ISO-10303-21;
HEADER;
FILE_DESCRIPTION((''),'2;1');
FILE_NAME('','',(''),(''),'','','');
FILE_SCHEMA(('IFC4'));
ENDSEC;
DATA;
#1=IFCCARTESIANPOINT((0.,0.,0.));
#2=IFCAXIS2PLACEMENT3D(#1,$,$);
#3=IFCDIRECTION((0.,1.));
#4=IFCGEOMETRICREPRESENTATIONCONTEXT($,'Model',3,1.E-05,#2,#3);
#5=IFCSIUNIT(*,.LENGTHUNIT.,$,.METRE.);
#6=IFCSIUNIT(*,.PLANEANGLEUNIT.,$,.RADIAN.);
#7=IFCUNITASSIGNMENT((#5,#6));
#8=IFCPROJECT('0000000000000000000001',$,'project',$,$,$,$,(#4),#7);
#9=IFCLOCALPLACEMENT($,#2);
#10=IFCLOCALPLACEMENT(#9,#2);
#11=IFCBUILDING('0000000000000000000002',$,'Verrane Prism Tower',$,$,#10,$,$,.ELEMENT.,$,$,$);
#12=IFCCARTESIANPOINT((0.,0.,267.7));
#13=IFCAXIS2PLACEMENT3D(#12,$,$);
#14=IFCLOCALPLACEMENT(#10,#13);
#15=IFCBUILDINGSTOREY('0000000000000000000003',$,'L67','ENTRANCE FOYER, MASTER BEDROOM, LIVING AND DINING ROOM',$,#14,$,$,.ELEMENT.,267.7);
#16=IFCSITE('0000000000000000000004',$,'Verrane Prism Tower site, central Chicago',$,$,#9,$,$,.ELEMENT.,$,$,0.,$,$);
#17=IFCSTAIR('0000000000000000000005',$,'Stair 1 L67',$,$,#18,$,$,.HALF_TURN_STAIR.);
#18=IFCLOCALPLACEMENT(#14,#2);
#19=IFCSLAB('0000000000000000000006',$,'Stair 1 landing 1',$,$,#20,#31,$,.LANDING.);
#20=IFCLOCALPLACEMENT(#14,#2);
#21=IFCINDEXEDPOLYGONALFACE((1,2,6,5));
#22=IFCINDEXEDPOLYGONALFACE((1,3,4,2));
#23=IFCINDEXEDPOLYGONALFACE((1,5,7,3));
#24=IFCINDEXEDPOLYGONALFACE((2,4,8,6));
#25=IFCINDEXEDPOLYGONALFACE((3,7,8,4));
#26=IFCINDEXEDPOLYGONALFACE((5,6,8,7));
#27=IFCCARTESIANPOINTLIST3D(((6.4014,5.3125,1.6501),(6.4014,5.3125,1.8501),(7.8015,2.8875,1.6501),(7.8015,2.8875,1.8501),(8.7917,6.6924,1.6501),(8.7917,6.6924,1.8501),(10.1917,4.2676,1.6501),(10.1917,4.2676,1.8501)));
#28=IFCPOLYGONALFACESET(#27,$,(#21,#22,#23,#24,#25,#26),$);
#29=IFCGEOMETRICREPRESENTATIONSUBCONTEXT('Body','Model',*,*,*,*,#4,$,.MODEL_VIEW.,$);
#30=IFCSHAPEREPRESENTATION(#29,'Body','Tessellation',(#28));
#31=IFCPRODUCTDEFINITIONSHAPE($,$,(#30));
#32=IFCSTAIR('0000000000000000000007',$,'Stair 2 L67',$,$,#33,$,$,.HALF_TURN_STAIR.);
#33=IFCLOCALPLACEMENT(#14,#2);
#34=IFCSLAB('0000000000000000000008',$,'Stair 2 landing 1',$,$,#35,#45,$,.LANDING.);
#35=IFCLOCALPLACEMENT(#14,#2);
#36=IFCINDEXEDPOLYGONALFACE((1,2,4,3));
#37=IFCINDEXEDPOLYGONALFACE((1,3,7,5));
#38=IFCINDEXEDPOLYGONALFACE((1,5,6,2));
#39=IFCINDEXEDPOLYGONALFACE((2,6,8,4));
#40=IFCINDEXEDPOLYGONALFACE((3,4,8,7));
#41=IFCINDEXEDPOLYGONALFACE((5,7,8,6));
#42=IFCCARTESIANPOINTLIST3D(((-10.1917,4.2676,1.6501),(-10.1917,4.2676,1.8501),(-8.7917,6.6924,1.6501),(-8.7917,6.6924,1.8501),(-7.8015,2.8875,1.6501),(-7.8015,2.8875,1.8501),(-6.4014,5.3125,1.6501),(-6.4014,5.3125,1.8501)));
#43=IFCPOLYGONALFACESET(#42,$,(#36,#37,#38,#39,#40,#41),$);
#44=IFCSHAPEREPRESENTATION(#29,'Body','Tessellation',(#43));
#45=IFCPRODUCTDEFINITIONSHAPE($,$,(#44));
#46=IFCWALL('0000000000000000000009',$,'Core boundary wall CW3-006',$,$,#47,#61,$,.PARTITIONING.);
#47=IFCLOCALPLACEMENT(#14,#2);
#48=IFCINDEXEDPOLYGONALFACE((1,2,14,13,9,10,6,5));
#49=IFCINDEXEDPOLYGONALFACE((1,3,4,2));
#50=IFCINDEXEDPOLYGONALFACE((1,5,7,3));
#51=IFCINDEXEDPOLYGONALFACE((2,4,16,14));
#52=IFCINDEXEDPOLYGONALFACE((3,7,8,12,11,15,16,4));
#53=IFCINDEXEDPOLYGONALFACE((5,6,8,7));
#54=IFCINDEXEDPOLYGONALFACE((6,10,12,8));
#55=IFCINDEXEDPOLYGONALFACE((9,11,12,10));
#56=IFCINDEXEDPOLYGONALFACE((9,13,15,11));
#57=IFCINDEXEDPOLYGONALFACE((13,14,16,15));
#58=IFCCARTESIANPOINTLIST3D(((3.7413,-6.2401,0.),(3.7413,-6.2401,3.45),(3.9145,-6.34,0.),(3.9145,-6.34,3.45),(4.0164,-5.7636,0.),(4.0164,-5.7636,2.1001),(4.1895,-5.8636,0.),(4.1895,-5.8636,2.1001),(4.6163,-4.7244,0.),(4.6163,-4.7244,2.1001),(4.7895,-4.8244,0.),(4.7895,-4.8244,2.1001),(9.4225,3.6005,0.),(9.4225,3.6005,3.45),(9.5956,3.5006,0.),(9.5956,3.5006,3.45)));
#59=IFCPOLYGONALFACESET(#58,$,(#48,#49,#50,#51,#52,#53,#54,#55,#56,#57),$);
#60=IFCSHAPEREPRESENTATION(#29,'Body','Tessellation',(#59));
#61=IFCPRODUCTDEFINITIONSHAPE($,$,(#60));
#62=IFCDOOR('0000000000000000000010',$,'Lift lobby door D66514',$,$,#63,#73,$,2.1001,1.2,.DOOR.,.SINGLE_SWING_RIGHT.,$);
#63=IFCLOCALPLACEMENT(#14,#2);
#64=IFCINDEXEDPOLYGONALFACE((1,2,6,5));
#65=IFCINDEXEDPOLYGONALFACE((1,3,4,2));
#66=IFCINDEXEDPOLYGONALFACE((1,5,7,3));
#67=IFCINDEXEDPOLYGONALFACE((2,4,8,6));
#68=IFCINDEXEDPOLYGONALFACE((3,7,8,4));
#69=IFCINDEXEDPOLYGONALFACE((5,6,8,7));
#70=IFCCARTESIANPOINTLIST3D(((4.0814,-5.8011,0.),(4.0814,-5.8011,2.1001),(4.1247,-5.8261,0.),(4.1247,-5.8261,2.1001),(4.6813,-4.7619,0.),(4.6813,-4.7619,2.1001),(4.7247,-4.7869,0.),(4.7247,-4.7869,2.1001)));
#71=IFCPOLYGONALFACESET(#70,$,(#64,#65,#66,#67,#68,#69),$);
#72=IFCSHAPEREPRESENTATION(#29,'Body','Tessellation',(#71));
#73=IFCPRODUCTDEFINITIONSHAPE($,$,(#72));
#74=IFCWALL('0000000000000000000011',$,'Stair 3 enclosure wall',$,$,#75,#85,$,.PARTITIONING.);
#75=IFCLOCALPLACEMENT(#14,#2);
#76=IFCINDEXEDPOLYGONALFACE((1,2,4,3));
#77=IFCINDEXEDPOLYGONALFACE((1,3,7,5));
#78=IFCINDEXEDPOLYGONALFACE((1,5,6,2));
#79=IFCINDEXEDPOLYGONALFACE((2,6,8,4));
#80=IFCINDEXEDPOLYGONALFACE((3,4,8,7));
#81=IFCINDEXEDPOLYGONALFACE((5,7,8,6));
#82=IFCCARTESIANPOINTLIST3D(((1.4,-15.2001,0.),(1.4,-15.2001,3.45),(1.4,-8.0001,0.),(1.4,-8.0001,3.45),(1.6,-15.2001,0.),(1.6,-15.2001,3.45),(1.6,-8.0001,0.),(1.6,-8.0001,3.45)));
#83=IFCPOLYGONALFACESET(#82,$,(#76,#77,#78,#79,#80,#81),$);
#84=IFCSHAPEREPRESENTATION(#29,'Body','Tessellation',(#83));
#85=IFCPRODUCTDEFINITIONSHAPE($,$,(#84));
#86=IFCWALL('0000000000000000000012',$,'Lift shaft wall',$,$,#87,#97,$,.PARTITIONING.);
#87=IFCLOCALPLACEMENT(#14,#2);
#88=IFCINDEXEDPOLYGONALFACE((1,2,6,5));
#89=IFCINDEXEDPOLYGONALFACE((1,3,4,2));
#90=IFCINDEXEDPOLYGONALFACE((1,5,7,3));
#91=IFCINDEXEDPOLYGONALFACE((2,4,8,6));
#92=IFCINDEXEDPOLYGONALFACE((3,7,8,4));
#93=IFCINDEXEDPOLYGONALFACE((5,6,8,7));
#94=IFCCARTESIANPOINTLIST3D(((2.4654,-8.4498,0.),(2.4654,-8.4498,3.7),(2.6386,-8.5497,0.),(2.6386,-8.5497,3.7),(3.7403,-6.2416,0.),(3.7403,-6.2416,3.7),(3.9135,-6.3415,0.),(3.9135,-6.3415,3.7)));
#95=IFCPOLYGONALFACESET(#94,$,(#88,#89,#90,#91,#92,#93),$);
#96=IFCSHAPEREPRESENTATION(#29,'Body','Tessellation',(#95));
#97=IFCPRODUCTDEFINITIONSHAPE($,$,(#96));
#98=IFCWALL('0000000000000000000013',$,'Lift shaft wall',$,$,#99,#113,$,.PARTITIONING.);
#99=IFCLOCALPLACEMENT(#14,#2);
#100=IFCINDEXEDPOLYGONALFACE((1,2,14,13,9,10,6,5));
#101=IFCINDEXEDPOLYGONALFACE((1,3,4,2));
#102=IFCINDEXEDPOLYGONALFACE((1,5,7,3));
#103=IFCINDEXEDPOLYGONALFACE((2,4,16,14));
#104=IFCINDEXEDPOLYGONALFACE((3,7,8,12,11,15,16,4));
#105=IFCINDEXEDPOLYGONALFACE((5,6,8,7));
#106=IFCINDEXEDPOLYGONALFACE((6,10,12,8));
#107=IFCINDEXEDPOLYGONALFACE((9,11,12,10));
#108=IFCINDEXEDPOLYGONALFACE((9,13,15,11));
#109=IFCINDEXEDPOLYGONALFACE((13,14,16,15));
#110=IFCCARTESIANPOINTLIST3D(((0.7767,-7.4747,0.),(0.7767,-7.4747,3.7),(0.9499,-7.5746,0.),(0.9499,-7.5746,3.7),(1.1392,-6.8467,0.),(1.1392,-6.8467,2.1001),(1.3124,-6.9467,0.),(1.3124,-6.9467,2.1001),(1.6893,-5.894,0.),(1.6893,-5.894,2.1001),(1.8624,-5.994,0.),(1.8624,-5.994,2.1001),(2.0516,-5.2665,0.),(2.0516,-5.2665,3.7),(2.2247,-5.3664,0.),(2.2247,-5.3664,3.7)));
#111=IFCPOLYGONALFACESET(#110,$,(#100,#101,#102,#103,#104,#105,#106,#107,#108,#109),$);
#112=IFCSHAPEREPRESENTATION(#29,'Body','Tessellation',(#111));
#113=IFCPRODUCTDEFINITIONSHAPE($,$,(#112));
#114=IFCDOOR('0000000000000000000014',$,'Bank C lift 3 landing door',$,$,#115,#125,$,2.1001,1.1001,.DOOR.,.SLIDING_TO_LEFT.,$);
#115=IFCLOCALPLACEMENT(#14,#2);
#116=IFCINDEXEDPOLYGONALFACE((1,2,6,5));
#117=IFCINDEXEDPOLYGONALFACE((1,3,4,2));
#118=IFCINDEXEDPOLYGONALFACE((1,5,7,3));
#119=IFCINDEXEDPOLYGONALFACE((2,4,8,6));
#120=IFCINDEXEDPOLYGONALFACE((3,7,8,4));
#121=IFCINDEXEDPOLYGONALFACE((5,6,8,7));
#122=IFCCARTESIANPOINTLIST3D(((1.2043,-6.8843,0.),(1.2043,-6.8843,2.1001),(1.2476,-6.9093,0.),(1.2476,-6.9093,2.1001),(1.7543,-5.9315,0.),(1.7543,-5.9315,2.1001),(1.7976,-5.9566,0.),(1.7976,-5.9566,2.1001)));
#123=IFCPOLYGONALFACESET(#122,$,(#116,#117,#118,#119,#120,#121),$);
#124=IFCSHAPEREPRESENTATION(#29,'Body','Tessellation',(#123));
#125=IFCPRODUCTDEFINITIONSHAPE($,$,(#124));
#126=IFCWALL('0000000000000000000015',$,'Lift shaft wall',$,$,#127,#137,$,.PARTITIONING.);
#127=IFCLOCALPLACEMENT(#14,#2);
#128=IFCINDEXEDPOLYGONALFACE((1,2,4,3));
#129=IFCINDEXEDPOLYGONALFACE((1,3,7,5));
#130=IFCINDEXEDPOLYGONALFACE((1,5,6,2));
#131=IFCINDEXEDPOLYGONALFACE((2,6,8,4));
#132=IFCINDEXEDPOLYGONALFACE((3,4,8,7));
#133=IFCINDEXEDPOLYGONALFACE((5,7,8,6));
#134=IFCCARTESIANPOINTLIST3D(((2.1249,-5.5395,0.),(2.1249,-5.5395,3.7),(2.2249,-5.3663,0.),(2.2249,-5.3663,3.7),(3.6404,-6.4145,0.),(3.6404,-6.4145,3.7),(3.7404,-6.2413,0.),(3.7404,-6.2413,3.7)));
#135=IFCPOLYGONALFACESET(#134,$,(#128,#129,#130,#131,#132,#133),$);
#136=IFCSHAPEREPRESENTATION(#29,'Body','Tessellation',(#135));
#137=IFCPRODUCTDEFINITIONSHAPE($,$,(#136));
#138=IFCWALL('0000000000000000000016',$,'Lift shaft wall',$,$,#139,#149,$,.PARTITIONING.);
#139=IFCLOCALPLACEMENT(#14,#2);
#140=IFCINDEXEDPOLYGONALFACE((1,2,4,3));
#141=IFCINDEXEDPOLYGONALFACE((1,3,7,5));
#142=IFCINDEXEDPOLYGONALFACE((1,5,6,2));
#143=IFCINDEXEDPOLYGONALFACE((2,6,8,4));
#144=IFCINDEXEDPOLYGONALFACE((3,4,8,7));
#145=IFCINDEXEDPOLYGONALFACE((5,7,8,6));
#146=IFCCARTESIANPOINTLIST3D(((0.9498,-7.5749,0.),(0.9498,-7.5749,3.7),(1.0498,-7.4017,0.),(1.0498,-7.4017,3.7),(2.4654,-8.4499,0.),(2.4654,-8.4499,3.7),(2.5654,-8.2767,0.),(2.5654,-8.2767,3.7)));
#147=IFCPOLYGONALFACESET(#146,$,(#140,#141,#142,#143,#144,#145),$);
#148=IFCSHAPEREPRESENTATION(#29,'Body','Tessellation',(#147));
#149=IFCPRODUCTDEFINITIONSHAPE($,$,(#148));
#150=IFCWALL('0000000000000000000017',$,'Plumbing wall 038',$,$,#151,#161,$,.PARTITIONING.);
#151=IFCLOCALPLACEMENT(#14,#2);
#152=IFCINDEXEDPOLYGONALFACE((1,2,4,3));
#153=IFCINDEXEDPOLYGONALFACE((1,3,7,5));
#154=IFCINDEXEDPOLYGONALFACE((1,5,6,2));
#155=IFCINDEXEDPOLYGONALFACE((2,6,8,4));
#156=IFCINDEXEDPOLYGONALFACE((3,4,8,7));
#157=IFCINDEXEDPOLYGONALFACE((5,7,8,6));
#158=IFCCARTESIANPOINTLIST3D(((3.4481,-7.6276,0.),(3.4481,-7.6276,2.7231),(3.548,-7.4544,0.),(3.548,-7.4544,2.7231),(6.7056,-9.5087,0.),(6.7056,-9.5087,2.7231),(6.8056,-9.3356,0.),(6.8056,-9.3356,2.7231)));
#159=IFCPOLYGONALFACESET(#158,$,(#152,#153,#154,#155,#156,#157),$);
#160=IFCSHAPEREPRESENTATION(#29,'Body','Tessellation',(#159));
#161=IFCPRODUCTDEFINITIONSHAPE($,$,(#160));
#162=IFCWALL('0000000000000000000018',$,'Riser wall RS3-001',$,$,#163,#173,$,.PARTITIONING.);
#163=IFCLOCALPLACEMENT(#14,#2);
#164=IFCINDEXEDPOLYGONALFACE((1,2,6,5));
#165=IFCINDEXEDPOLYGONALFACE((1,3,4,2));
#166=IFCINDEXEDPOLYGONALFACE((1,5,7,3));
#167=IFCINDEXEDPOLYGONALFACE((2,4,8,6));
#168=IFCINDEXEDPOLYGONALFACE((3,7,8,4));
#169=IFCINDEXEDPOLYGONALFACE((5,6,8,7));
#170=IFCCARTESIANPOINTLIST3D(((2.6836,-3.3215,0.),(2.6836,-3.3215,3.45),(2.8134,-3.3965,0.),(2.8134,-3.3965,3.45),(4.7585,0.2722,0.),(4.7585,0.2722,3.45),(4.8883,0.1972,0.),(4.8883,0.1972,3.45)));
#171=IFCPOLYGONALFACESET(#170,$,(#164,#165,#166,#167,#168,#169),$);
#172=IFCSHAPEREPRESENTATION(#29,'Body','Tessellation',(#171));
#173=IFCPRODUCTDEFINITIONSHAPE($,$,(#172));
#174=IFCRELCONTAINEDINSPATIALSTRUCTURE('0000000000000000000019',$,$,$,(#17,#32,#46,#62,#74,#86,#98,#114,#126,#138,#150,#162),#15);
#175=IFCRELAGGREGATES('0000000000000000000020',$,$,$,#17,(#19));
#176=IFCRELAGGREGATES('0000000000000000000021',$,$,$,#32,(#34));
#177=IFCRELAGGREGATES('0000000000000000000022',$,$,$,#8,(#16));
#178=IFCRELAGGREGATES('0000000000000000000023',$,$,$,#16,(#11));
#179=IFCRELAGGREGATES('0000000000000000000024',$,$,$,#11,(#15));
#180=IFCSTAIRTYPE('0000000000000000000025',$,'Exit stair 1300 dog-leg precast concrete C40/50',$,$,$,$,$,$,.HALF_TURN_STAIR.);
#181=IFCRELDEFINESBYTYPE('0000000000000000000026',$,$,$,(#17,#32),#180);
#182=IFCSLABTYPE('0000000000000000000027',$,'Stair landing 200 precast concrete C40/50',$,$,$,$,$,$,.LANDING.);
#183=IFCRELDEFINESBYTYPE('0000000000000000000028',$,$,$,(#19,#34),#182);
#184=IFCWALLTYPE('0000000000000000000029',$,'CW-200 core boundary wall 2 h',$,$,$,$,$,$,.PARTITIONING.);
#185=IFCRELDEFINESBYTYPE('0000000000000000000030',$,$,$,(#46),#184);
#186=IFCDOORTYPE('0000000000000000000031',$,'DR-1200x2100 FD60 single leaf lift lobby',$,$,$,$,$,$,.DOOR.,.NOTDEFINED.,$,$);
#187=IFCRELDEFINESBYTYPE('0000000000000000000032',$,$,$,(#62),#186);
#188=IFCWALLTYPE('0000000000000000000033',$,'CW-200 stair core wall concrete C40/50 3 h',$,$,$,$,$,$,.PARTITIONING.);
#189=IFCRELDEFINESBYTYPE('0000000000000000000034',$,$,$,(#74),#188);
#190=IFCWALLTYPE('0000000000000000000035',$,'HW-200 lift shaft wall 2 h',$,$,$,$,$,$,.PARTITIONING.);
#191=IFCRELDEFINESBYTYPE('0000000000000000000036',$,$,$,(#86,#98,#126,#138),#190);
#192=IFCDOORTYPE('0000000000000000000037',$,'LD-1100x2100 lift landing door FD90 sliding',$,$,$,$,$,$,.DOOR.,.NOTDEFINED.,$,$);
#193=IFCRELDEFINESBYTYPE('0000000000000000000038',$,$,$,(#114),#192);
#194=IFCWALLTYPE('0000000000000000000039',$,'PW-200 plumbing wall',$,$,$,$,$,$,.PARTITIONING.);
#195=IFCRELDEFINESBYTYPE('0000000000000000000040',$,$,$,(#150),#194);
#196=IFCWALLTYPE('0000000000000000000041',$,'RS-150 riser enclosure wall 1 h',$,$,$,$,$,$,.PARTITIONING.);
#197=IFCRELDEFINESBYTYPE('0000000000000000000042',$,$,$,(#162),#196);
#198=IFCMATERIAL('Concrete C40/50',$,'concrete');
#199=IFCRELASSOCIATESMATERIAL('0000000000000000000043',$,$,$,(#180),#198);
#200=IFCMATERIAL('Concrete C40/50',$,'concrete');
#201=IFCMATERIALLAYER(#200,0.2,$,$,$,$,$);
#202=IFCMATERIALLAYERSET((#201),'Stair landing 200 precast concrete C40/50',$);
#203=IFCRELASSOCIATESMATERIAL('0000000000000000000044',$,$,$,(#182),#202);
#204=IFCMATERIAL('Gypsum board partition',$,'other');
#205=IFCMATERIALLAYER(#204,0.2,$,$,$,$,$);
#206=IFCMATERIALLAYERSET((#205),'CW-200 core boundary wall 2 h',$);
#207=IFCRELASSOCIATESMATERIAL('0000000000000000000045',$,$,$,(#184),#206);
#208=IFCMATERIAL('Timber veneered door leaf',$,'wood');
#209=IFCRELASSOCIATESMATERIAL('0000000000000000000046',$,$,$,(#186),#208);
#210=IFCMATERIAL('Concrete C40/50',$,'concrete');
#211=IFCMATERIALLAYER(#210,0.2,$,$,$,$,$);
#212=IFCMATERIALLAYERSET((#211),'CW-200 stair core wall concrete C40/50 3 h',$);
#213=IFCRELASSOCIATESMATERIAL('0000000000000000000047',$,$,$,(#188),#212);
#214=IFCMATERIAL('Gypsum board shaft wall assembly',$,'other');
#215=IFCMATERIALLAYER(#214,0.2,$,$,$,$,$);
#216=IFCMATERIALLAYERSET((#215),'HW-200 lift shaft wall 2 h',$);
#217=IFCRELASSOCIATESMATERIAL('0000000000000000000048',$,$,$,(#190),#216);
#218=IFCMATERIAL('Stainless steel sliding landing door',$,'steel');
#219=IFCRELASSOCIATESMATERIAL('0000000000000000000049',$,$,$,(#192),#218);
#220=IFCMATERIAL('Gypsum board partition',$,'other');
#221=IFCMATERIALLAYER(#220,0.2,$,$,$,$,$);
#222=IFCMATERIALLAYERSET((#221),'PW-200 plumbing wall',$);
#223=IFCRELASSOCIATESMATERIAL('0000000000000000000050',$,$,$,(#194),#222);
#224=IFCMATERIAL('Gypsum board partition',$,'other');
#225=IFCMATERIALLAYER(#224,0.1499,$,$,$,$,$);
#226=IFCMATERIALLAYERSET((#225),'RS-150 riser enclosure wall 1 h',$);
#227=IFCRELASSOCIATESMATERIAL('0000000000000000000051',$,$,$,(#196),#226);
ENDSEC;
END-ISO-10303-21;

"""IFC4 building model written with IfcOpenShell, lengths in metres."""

from ifc_helpers import new_model, si_unit, direction, frame, frame_2d, origin, place, context, subcontext, project, spatial, polyline, rectangle, outline, extrude, material, layer, layer_set, type_object, element, fill, aggregate, save


model = new_model("IFC4")

# Units and contexts
model_context = context("Model", 3, precision=1e-05, world=origin(), true_north=direction((0.0, 1.0)))
body_context = subcontext(model_context, "Body", "Model", "MODEL_VIEW")
ifc_project = project(units=[si_unit("LENGTHUNIT", "METRE"), si_unit("PLANEANGLEUNIT", "RADIAN")], contexts=[model_context])

# Site, building, storey
site_placement = place(None, origin())
site = spatial("IfcSite", under=ifc_project, at=site_placement, Name="Verrane Prism Tower site, central Chicago", CompositionType="ELEMENT", RefElevation=0.0)
building_placement = place(site_placement, origin())
building = spatial("IfcBuilding", under=site, at=building_placement, Name="Verrane Prism Tower", CompositionType="ELEMENT")
storey_placement = place(building_placement, frame((0.0, 0.0, 267.7)))
storey = spatial("IfcBuildingStorey", under=building, at=storey_placement, Name="L67", Description="ENTRANCE FOYER, MASTER BEDROOM, LIVING AND DINING ROOM", CompositionType="ELEMENT", Elevation=267.7)

# Stairs, slabs
ifc_material_1 = material(Name="Concrete C40/50", Category="concrete")
stair_type = type_object("IfcStairType", Name="Exit stair 1300 dog-leg precast concrete C40/50", PredefinedType="HALF_TURN_STAIR", material=ifc_material_1)
stair_1_placement = place(storey_placement, origin())
stair_1 = element("IfcStair", 1, at=stair_1_placement, inside=storey, type_object=stair_type, Name="Stair 1 L67", PredefinedType="HALF_TURN_STAIR")
ifc_material_2 = material(Name="Concrete C40/50", Category="concrete")
ifc_layer_1 = layer(ifc_material_2, 0.2)
ifc_layer_set_1 = layer_set([ifc_layer_1], Name="Stair landing 200 precast concrete C40/50")
slab_type = type_object("IfcSlabType", Name="Stair landing 200 precast concrete C40/50", PredefinedType="LANDING", material=ifc_layer_set_1)
slab_1_placement = place(storey_placement, frame((0.0, 0.0, 1.6501)))
slab_1 = element("IfcSlab", 2, at=slab_1_placement, type_object=slab_type, Name="Stair 1 landing 1", PredefinedType="LANDING", context=body_context, shape_type="SweptSolid", body=[
    extrude(outline(polyline([(8.7917, 6.6924), (6.4014, 5.3125), (7.8015, 2.8875), (10.1917, 4.2676), (8.7917, 6.6924)])), origin(), (0.0, 0.0, 1.0), 0.2),
])
aggregate(stair_1, [slab_1])
stair_2_placement = place(storey_placement, origin())
stair_2 = element("IfcStair", 3, at=stair_2_placement, inside=storey, type_object=stair_type, Name="Stair 2 L67", PredefinedType="HALF_TURN_STAIR")
slab_2_placement = place(storey_placement, frame((0.0, 0.0, 1.6501)))
slab_2 = element("IfcSlab", 4, at=slab_2_placement, type_object=slab_type, Name="Stair 2 landing 1", PredefinedType="LANDING", context=body_context, shape_type="SweptSolid", body=[
    extrude(outline(polyline([(-10.1917, 4.2676), (-7.8015, 2.8875), (-6.4014, 5.3125), (-8.7917, 6.6924), (-10.1917, 4.2676)])), origin(), (0.0, 0.0, 1.0), 0.2),
])
aggregate(stair_2, [slab_2])

# Wall, opening, door
ifc_material_3 = material(Name="Gypsum board partition", Category="other")
ifc_layer_2 = layer(ifc_material_3, 0.2)
ifc_layer_set_2 = layer_set([ifc_layer_2], Name="CW-200 core boundary wall 2 h")
wall_type_1 = type_object("IfcWallType", Name="CW-200 core boundary wall 2 h", PredefinedType="PARTITIONING", material=ifc_layer_set_2)
wall_1_placement = place(storey_placement, frame((3.8279, -6.29, 0.0), z_axis=(0.0, 0.0, 1.0), x_axis=(0.49998, 0.866037, 0.0)))
wall_1 = element("IfcWall", 5, at=wall_1_placement, inside=storey, type_object=wall_type_1, Name="Core boundary wall CW3-006", PredefinedType="PARTITIONING", context=body_context, shape_type="SweptSolid", body=[
    extrude(rectangle(XDim=11.3628, YDim=0.2, at=frame_2d((5.6814, 0.0))), origin(), (0.0, 0.0, 1.0), 3.45),
])
opening_1_placement = place(wall_1_placement, frame((0.55, 0.0, 0.0)))
opening_1 = element("IfcOpeningElement", 6, at=opening_1_placement, cuts=wall_1, PredefinedType="OPENING", context=body_context, shape_type="SweptSolid", body=[
    extrude(rectangle(XDim=1.2, YDim=2.1001, at=frame_2d((0.6001, 1.05))), frame((0.0, 0.1099, 0.0), z_axis=(0.0, -1.0, 0.0), x_axis=(1.0, 0.0, 0.0)), (0.0, 0.0, 1.0), 0.22),
])
ifc_material_4 = material(Name="Timber veneered door leaf", Category="wood")
door_type_1 = type_object("IfcDoorType", Name="DR-1200x2100 FD60 single leaf lift lobby", OperationType="NOTDEFINED", PredefinedType="DOOR", material=ifc_material_4)
door_1_placement = place(opening_1_placement, origin())
door_1 = element("IfcDoor", 7, at=door_1_placement, inside=storey, type_object=door_type_1, Name="Lift lobby door D66514", OperationType="SINGLE_SWING_RIGHT", OverallHeight=2.1001, OverallWidth=1.2, PredefinedType="DOOR", context=body_context, shape_type="SweptSolid", body=[
    extrude(rectangle(XDim=1.2, YDim=2.1001, at=frame_2d((0.6001, 1.05))), frame((0.0, 0.0249, 0.0), z_axis=(0.0, -1.0, 0.0), x_axis=(1.0, 0.0, 0.0)), (0.0, 0.0, 1.0), 0.05),
])
fill(opening_1, door_1)

# Walls
ifc_material_5 = material(Name="Concrete C40/50", Category="concrete")
ifc_layer_3 = layer(ifc_material_5, 0.2)
ifc_layer_set_3 = layer_set([ifc_layer_3], Name="CW-200 stair core wall concrete C40/50 3 h")
wall_type_2 = type_object("IfcWallType", Name="CW-200 stair core wall concrete C40/50 3 h", PredefinedType="PARTITIONING", material=ifc_layer_set_3)
wall_2_placement = place(storey_placement, frame((1.5, -8.0, 0.0), z_axis=(0.0, 0.0, 1.0), x_axis=(0.0, -1.0, 0.0)))
element("IfcWall", 8, at=wall_2_placement, inside=storey, type_object=wall_type_2, Name="Stair 3 enclosure wall", PredefinedType="PARTITIONING", context=body_context, shape_type="SweptSolid", body=[
    extrude(rectangle(XDim=7.2, YDim=0.2, at=frame_2d((3.6001, 0.0))), origin(), (0.0, 0.0, 1.0), 3.45),
])
ifc_material_6 = material(Name="Gypsum board shaft wall assembly", Category="other")
ifc_layer_4 = layer(ifc_material_6, 0.2)
ifc_layer_set_4 = layer_set([ifc_layer_4], Name="HW-200 lift shaft wall 2 h")
wall_type_3 = type_object("IfcWallType", Name="HW-200 lift shaft wall 2 h", PredefinedType="PARTITIONING", material=ifc_layer_set_4)
wall_3_placement = place(storey_placement, frame((2.552, -8.4998, 0.0), z_axis=(0.0, 0.0, 1.0), x_axis=(0.49999, 0.866031, 0.0)))
element("IfcWall", 9, at=wall_3_placement, inside=storey, type_object=wall_type_3, Name="Lift shaft wall", PredefinedType="PARTITIONING", context=body_context, shape_type="SweptSolid", body=[
    extrude(rectangle(XDim=2.5498, YDim=0.2, at=frame_2d((1.2749, 0.0))), origin(), (0.0, 0.0, 1.0), 3.7),
])

# Wall, opening, door
wall_4_placement = place(storey_placement, frame((0.8633, -7.5247, 0.0), z_axis=(0.0, 0.0, 1.0), x_axis=(0.49999, 0.866031, 0.0)))
wall_4 = element("IfcWall", 10, at=wall_4_placement, inside=storey, type_object=wall_type_3, Name="Lift shaft wall", PredefinedType="PARTITIONING", context=body_context, shape_type="SweptSolid", body=[
    extrude(rectangle(XDim=2.5498, YDim=0.2, at=frame_2d((1.2749, 0.0))), origin(), (0.0, 0.0, 1.0), 3.7),
])
opening_2_placement = place(wall_4_placement, frame((0.7251, 0.0, 0.0)))
opening_2 = element("IfcOpeningElement", 11, at=opening_2_placement, cuts=wall_4, PredefinedType="OPENING", context=body_context, shape_type="SweptSolid", body=[
    extrude(rectangle(XDim=1.1001, YDim=2.1001, at=frame_2d((0.55, 1.05))), frame((0.0, 0.1099, 0.0), z_axis=(0.0, -1.0, 0.0), x_axis=(1.0, 0.0, 0.0)), (0.0, 0.0, 1.0), 0.22),
])
ifc_material_7 = material(Name="Stainless steel sliding landing door", Category="steel")
door_type_2 = type_object("IfcDoorType", Name="LD-1100x2100 lift landing door FD90 sliding", OperationType="NOTDEFINED", PredefinedType="DOOR", material=ifc_material_7)
door_2_placement = place(opening_2_placement, origin())
door_2 = element("IfcDoor", 12, at=door_2_placement, inside=storey, type_object=door_type_2, Name="Bank C lift 3 landing door", OperationType="SLIDING_TO_LEFT", OverallHeight=2.1001, OverallWidth=1.1001, PredefinedType="DOOR", context=body_context, shape_type="SweptSolid", body=[
    extrude(rectangle(XDim=1.1001, YDim=2.1001, at=frame_2d((0.55, 1.05))), frame((0.0, 0.0249, 0.0), z_axis=(0.0, -1.0, 0.0), x_axis=(1.0, 0.0, 0.0)), (0.0, 0.0, 1.0), 0.05),
])
fill(opening_2, door_2)

# Walls
for number, where, z_axis, x_axis, name in (
    (13, (3.6904, -6.3279, 0.0), (0.0, 0.0, 1.0), (-0.866037, 0.49998, 0.0), "Lift shaft wall"),
    (14, (2.5154, -8.3633, 0.0), (0.0, 0.0, 1.0), (-0.866037, 0.49998, 0.0), "Lift shaft wall"),
):
    element("IfcWall", number, at=place(storey_placement, frame(where, z_axis=z_axis, x_axis=x_axis)), inside=storey, type_object=wall_type_3, Name=name, PredefinedType="PARTITIONING", context=body_context, shape_type="SweptSolid", body=[
        extrude(rectangle(XDim=1.75, YDim=0.2, at=frame_2d((0.875, 0.0))), origin(), (0.0, 0.0, 1.0), 3.7),
    ])
ifc_material_8 = material(Name="Gypsum board partition", Category="other")
ifc_layer_5 = layer(ifc_material_8, 0.2)
ifc_layer_set_5 = layer_set([ifc_layer_5], Name="PW-200 plumbing wall")
wall_type_4 = type_object("IfcWallType", Name="PW-200 plumbing wall", PredefinedType="PARTITIONING", material=ifc_layer_set_5)
wall_5_placement = place(storey_placement, frame((3.498, -7.541, 0.0), z_axis=(0.0, 0.0, 1.0), x_axis=(0.865986, -0.500069, 0.0)))
element("IfcWall", 15, at=wall_5_placement, inside=storey, type_object=wall_type_4, Name="Plumbing wall 038", PredefinedType="PARTITIONING", context=body_context, shape_type="SweptSolid", body=[
    extrude(rectangle(XDim=3.7617, YDim=0.2, at=frame_2d((1.8809, 0.0))), origin(), (0.0, 0.0, 1.0), 2.7231),
])
ifc_material_9 = material(Name="Gypsum board partition", Category="other")
ifc_layer_6 = layer(ifc_material_9, 0.1499)
ifc_layer_set_6 = layer_set([ifc_layer_6], Name="RS-150 riser enclosure wall 1 h")
wall_type_5 = type_object("IfcWallType", Name="RS-150 riser enclosure wall 1 h", PredefinedType="PARTITIONING", material=ifc_layer_set_6)
wall_6_placement = place(storey_placement, frame((2.7485, -3.3589, 0.0), z_axis=(0.0, 0.0, 1.0), x_axis=(0.500018, 0.866015, 0.0)))
element("IfcWall", 16, at=wall_6_placement, inside=storey, type_object=wall_type_5, Name="Riser wall RS3-001", PredefinedType="PARTITIONING", context=body_context, shape_type="SweptSolid", body=[
    extrude(rectangle(XDim=4.1497, YDim=0.1499, at=frame_2d((2.0747, 0.0))), origin(), (0.0, 0.0, 1.0), 3.45),
])

save(model, "model.ifc")
